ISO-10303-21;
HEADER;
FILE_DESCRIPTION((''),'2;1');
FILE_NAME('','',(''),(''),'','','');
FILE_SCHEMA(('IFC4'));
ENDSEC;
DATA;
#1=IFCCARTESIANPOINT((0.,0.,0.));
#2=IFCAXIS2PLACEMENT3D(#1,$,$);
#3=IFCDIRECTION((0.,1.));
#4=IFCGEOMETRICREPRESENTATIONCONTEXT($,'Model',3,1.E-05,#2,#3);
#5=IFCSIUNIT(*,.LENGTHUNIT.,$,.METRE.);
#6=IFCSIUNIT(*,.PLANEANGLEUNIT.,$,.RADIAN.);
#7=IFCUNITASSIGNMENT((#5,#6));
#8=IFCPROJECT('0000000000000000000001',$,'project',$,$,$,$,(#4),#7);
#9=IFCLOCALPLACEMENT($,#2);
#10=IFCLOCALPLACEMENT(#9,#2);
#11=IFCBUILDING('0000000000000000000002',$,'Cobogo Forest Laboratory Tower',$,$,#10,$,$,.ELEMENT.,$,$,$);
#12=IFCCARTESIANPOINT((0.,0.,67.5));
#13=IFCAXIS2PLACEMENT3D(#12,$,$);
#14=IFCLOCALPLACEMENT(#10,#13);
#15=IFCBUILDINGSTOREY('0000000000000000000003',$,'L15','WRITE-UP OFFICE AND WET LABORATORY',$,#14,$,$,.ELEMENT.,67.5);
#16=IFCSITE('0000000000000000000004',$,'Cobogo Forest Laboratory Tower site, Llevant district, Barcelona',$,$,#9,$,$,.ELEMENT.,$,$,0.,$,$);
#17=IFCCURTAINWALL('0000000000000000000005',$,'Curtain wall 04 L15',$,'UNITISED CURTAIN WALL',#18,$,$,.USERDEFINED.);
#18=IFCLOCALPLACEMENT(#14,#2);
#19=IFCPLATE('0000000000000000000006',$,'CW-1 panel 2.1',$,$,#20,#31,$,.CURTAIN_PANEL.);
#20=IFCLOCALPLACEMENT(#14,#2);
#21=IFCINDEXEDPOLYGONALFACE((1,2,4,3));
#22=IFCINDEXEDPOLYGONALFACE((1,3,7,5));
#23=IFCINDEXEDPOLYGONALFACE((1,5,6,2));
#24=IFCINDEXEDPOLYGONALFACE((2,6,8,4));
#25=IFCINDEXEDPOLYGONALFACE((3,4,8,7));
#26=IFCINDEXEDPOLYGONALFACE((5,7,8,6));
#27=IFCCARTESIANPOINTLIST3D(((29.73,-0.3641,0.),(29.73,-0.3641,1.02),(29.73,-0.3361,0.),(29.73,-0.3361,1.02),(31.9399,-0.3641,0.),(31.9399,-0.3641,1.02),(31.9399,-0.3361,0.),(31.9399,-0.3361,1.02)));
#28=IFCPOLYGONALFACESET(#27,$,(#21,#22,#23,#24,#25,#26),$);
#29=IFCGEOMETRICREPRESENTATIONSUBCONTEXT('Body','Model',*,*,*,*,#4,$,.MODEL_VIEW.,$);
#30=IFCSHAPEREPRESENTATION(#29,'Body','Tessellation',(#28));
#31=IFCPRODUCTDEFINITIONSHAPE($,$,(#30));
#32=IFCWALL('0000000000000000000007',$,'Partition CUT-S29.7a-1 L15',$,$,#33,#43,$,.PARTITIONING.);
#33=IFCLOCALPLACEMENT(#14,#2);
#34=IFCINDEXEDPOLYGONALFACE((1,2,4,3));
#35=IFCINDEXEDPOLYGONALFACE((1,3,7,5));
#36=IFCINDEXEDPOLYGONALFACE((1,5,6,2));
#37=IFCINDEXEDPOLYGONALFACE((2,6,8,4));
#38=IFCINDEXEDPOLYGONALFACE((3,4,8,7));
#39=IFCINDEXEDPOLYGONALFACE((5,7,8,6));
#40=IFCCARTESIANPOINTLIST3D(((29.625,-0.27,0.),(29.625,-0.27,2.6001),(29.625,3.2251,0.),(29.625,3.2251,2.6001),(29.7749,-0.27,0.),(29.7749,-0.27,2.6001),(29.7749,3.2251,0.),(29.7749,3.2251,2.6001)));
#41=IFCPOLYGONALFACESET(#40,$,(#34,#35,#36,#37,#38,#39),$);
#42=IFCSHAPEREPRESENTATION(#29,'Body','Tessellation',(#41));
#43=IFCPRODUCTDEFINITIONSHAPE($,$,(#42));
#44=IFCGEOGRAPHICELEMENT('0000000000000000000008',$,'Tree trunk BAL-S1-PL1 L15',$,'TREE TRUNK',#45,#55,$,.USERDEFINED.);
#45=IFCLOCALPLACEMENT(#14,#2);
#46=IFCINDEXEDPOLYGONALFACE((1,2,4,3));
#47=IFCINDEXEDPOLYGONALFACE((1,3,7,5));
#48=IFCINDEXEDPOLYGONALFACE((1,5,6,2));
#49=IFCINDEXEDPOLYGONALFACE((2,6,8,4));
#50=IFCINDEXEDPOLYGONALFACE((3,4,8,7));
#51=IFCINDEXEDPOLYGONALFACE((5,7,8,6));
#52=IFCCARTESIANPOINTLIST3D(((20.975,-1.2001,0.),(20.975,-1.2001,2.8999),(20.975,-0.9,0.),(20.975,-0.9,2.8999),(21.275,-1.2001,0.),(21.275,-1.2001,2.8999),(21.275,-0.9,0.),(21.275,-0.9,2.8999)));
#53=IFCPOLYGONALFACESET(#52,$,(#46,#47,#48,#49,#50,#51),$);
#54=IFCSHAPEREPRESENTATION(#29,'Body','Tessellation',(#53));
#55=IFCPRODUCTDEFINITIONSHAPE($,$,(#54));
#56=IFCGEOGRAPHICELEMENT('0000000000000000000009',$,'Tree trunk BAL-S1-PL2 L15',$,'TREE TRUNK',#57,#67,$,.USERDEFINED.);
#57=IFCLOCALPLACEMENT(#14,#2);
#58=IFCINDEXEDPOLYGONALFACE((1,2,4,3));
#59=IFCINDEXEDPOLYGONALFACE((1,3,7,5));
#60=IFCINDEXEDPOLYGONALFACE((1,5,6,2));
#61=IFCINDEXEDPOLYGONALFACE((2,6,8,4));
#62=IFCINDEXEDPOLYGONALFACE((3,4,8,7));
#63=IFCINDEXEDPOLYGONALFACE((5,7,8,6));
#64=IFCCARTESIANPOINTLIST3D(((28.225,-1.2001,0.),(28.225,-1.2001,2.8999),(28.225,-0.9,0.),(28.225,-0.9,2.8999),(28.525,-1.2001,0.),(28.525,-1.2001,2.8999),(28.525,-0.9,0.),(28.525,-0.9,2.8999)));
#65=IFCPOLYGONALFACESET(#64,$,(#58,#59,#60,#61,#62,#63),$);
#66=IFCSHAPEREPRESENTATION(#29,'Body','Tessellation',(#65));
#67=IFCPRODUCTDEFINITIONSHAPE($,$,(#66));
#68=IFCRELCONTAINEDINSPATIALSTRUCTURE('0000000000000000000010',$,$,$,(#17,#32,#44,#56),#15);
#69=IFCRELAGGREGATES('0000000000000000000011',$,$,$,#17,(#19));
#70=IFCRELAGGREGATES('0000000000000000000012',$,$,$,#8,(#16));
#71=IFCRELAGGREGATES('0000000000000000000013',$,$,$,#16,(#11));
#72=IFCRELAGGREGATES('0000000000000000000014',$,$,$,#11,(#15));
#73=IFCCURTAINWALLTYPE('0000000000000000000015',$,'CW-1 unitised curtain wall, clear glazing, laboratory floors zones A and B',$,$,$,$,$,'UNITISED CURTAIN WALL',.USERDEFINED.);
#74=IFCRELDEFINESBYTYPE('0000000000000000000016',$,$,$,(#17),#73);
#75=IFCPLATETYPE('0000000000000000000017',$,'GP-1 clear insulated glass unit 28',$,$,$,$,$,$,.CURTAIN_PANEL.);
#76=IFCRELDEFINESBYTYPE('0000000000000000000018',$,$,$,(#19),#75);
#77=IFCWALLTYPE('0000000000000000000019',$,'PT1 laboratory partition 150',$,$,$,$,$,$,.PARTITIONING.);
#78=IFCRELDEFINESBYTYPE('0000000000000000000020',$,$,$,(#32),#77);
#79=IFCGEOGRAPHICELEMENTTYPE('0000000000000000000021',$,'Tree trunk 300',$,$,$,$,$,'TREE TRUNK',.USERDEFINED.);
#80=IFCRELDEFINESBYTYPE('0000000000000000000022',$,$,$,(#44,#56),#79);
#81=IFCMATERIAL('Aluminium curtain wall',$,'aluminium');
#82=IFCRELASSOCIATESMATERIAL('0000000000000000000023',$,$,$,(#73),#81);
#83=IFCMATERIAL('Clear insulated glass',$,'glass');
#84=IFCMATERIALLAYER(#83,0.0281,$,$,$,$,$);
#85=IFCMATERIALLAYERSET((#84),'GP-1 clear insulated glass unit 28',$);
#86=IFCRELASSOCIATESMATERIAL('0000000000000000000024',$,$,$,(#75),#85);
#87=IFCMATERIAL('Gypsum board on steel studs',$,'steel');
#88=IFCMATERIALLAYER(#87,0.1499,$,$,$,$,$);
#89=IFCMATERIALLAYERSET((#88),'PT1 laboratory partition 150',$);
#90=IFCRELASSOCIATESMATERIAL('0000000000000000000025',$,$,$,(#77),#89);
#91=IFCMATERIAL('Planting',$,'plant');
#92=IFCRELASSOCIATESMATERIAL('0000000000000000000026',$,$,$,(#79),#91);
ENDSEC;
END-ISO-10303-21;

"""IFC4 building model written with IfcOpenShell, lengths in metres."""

from ifc_helpers import new_model, si_unit, direction, frame, frame_2d, origin, origin_2d, place, context, subcontext, project, spatial, rectangle, extrude, material, layer, layer_set, type_object, element, aggregate, save


model = new_model("IFC4")

# Units and contexts
model_context = context("Model", 3, precision=1e-05, world=origin(), true_north=direction((0.0, 1.0)))
body_context = subcontext(model_context, "Body", "Model", "MODEL_VIEW")
ifc_project = project(units=[si_unit("LENGTHUNIT", "METRE"), si_unit("PLANEANGLEUNIT", "RADIAN")], contexts=[model_context])

# Site, building, storey
site_placement = place(None, origin())
site = spatial("IfcSite", under=ifc_project, at=site_placement, Name="Cobogo Forest Laboratory Tower site, Llevant district, Barcelona", CompositionType="ELEMENT", RefElevation=0.0)
building_placement = place(site_placement, origin())
building = spatial("IfcBuilding", under=site, at=building_placement, Name="Cobogo Forest Laboratory Tower", CompositionType="ELEMENT")
storey_placement = place(building_placement, frame((0.0, 0.0, 67.5)))
storey = spatial("IfcBuildingStorey", under=building, at=storey_placement, Name="L15", Description="WRITE-UP OFFICE AND WET LABORATORY", CompositionType="ELEMENT", Elevation=67.5)

# Curtain wall
ifc_material_1 = material(Name="Aluminium curtain wall", Category="aluminium")
curtain_wall_type = type_object("IfcCurtainWallType", Name="CW-1 unitised curtain wall, clear glazing, laboratory floors zones A and B", ElementType="UNITISED CURTAIN WALL", PredefinedType="USERDEFINED", material=ifc_material_1)
curtain_wall_placement = place(storey_placement, origin())
curtain_wall = element("IfcCurtainWall", 1, at=curtain_wall_placement, inside=storey, type_object=curtain_wall_type, Name="Curtain wall 04 L15", ObjectType="UNITISED CURTAIN WALL", PredefinedType="USERDEFINED")

# Plate
ifc_material_2 = material(Name="Clear insulated glass", Category="glass")
ifc_layer_1 = layer(ifc_material_2, 0.0281)
ifc_layer_set_1 = layer_set([ifc_layer_1], Name="GP-1 clear insulated glass unit 28")
plate_type = type_object("IfcPlateType", Name="GP-1 clear insulated glass unit 28", PredefinedType="CURTAIN_PANEL", material=ifc_layer_set_1)
plate_1_placement = place(storey_placement, frame((30.835, -0.3501, 0.0), z_axis=(0.0, 0.0, 1.0), x_axis=(1.0, 0.0, 0.0)))
plate_1 = element("IfcPlate", 2, at=plate_1_placement, type_object=plate_type, Name="CW-1 panel 2.1", PredefinedType="CURTAIN_PANEL", context=body_context, shape_type="SweptSolid", body=[
    extrude(rectangle(XDim=2.21, YDim=0.0281, at=origin_2d()), origin(), (0.0, 0.0, 1.0), 1.02),
])
aggregate(curtain_wall, [plate_1])

# Wall
ifc_material_3 = material(Name="Gypsum board on steel studs", Category="steel")
ifc_layer_2 = layer(ifc_material_3, 0.1499)
ifc_layer_set_2 = layer_set([ifc_layer_2], Name="PT1 laboratory partition 150")
wall_type_1 = type_object("IfcWallType", Name="PT1 laboratory partition 150", PredefinedType="PARTITIONING", material=ifc_layer_set_2)
wall_1_placement = place(storey_placement, frame((29.7, -0.27, 0.0), z_axis=(0.0, 0.0, 1.0), x_axis=(0.0, 1.0, 0.0)))
element("IfcWall", 3, at=wall_1_placement, inside=storey, type_object=wall_type_1, Name="Partition CUT-S29.7a-1 L15", PredefinedType="PARTITIONING", context=body_context, shape_type="SweptSolid", body=[
    extrude(rectangle(XDim=3.4951, YDim=0.1499, at=frame_2d((1.7476, 0.0))), origin(), (0.0, 0.0, 1.0), 2.6001),
])

# Geographic elements
ifc_material_4 = material(Name="Planting", Category="plant")
geographic_element_type = type_object("IfcGeographicElementType", Name="Tree trunk 300", ElementType="TREE TRUNK", PredefinedType="USERDEFINED", material=ifc_material_4)
for number, where, z_axis, x_axis, name in (
    (4, (21.125, -1.05, 0.0), (0.0, 0.0, 1.0), (1.0, 0.0, 0.0), "Tree trunk BAL-S1-PL1 L15"),
    (5, (28.375, -1.05, 0.0), (0.0, 0.0, 1.0), (1.0, 0.0, 0.0), "Tree trunk BAL-S1-PL2 L15"),
):
    element("IfcGeographicElement", number, at=place(storey_placement, frame(where, z_axis=z_axis, x_axis=x_axis)), inside=storey, type_object=geographic_element_type, Name=name, ObjectType="TREE TRUNK", PredefinedType="USERDEFINED", context=body_context, shape_type="SweptSolid", body=[
        extrude(rectangle(XDim=0.3, YDim=0.3, at=origin_2d()), origin(), (0.0, 0.0, 1.0), 2.8999),
    ])

save(model, "model.ifc")
